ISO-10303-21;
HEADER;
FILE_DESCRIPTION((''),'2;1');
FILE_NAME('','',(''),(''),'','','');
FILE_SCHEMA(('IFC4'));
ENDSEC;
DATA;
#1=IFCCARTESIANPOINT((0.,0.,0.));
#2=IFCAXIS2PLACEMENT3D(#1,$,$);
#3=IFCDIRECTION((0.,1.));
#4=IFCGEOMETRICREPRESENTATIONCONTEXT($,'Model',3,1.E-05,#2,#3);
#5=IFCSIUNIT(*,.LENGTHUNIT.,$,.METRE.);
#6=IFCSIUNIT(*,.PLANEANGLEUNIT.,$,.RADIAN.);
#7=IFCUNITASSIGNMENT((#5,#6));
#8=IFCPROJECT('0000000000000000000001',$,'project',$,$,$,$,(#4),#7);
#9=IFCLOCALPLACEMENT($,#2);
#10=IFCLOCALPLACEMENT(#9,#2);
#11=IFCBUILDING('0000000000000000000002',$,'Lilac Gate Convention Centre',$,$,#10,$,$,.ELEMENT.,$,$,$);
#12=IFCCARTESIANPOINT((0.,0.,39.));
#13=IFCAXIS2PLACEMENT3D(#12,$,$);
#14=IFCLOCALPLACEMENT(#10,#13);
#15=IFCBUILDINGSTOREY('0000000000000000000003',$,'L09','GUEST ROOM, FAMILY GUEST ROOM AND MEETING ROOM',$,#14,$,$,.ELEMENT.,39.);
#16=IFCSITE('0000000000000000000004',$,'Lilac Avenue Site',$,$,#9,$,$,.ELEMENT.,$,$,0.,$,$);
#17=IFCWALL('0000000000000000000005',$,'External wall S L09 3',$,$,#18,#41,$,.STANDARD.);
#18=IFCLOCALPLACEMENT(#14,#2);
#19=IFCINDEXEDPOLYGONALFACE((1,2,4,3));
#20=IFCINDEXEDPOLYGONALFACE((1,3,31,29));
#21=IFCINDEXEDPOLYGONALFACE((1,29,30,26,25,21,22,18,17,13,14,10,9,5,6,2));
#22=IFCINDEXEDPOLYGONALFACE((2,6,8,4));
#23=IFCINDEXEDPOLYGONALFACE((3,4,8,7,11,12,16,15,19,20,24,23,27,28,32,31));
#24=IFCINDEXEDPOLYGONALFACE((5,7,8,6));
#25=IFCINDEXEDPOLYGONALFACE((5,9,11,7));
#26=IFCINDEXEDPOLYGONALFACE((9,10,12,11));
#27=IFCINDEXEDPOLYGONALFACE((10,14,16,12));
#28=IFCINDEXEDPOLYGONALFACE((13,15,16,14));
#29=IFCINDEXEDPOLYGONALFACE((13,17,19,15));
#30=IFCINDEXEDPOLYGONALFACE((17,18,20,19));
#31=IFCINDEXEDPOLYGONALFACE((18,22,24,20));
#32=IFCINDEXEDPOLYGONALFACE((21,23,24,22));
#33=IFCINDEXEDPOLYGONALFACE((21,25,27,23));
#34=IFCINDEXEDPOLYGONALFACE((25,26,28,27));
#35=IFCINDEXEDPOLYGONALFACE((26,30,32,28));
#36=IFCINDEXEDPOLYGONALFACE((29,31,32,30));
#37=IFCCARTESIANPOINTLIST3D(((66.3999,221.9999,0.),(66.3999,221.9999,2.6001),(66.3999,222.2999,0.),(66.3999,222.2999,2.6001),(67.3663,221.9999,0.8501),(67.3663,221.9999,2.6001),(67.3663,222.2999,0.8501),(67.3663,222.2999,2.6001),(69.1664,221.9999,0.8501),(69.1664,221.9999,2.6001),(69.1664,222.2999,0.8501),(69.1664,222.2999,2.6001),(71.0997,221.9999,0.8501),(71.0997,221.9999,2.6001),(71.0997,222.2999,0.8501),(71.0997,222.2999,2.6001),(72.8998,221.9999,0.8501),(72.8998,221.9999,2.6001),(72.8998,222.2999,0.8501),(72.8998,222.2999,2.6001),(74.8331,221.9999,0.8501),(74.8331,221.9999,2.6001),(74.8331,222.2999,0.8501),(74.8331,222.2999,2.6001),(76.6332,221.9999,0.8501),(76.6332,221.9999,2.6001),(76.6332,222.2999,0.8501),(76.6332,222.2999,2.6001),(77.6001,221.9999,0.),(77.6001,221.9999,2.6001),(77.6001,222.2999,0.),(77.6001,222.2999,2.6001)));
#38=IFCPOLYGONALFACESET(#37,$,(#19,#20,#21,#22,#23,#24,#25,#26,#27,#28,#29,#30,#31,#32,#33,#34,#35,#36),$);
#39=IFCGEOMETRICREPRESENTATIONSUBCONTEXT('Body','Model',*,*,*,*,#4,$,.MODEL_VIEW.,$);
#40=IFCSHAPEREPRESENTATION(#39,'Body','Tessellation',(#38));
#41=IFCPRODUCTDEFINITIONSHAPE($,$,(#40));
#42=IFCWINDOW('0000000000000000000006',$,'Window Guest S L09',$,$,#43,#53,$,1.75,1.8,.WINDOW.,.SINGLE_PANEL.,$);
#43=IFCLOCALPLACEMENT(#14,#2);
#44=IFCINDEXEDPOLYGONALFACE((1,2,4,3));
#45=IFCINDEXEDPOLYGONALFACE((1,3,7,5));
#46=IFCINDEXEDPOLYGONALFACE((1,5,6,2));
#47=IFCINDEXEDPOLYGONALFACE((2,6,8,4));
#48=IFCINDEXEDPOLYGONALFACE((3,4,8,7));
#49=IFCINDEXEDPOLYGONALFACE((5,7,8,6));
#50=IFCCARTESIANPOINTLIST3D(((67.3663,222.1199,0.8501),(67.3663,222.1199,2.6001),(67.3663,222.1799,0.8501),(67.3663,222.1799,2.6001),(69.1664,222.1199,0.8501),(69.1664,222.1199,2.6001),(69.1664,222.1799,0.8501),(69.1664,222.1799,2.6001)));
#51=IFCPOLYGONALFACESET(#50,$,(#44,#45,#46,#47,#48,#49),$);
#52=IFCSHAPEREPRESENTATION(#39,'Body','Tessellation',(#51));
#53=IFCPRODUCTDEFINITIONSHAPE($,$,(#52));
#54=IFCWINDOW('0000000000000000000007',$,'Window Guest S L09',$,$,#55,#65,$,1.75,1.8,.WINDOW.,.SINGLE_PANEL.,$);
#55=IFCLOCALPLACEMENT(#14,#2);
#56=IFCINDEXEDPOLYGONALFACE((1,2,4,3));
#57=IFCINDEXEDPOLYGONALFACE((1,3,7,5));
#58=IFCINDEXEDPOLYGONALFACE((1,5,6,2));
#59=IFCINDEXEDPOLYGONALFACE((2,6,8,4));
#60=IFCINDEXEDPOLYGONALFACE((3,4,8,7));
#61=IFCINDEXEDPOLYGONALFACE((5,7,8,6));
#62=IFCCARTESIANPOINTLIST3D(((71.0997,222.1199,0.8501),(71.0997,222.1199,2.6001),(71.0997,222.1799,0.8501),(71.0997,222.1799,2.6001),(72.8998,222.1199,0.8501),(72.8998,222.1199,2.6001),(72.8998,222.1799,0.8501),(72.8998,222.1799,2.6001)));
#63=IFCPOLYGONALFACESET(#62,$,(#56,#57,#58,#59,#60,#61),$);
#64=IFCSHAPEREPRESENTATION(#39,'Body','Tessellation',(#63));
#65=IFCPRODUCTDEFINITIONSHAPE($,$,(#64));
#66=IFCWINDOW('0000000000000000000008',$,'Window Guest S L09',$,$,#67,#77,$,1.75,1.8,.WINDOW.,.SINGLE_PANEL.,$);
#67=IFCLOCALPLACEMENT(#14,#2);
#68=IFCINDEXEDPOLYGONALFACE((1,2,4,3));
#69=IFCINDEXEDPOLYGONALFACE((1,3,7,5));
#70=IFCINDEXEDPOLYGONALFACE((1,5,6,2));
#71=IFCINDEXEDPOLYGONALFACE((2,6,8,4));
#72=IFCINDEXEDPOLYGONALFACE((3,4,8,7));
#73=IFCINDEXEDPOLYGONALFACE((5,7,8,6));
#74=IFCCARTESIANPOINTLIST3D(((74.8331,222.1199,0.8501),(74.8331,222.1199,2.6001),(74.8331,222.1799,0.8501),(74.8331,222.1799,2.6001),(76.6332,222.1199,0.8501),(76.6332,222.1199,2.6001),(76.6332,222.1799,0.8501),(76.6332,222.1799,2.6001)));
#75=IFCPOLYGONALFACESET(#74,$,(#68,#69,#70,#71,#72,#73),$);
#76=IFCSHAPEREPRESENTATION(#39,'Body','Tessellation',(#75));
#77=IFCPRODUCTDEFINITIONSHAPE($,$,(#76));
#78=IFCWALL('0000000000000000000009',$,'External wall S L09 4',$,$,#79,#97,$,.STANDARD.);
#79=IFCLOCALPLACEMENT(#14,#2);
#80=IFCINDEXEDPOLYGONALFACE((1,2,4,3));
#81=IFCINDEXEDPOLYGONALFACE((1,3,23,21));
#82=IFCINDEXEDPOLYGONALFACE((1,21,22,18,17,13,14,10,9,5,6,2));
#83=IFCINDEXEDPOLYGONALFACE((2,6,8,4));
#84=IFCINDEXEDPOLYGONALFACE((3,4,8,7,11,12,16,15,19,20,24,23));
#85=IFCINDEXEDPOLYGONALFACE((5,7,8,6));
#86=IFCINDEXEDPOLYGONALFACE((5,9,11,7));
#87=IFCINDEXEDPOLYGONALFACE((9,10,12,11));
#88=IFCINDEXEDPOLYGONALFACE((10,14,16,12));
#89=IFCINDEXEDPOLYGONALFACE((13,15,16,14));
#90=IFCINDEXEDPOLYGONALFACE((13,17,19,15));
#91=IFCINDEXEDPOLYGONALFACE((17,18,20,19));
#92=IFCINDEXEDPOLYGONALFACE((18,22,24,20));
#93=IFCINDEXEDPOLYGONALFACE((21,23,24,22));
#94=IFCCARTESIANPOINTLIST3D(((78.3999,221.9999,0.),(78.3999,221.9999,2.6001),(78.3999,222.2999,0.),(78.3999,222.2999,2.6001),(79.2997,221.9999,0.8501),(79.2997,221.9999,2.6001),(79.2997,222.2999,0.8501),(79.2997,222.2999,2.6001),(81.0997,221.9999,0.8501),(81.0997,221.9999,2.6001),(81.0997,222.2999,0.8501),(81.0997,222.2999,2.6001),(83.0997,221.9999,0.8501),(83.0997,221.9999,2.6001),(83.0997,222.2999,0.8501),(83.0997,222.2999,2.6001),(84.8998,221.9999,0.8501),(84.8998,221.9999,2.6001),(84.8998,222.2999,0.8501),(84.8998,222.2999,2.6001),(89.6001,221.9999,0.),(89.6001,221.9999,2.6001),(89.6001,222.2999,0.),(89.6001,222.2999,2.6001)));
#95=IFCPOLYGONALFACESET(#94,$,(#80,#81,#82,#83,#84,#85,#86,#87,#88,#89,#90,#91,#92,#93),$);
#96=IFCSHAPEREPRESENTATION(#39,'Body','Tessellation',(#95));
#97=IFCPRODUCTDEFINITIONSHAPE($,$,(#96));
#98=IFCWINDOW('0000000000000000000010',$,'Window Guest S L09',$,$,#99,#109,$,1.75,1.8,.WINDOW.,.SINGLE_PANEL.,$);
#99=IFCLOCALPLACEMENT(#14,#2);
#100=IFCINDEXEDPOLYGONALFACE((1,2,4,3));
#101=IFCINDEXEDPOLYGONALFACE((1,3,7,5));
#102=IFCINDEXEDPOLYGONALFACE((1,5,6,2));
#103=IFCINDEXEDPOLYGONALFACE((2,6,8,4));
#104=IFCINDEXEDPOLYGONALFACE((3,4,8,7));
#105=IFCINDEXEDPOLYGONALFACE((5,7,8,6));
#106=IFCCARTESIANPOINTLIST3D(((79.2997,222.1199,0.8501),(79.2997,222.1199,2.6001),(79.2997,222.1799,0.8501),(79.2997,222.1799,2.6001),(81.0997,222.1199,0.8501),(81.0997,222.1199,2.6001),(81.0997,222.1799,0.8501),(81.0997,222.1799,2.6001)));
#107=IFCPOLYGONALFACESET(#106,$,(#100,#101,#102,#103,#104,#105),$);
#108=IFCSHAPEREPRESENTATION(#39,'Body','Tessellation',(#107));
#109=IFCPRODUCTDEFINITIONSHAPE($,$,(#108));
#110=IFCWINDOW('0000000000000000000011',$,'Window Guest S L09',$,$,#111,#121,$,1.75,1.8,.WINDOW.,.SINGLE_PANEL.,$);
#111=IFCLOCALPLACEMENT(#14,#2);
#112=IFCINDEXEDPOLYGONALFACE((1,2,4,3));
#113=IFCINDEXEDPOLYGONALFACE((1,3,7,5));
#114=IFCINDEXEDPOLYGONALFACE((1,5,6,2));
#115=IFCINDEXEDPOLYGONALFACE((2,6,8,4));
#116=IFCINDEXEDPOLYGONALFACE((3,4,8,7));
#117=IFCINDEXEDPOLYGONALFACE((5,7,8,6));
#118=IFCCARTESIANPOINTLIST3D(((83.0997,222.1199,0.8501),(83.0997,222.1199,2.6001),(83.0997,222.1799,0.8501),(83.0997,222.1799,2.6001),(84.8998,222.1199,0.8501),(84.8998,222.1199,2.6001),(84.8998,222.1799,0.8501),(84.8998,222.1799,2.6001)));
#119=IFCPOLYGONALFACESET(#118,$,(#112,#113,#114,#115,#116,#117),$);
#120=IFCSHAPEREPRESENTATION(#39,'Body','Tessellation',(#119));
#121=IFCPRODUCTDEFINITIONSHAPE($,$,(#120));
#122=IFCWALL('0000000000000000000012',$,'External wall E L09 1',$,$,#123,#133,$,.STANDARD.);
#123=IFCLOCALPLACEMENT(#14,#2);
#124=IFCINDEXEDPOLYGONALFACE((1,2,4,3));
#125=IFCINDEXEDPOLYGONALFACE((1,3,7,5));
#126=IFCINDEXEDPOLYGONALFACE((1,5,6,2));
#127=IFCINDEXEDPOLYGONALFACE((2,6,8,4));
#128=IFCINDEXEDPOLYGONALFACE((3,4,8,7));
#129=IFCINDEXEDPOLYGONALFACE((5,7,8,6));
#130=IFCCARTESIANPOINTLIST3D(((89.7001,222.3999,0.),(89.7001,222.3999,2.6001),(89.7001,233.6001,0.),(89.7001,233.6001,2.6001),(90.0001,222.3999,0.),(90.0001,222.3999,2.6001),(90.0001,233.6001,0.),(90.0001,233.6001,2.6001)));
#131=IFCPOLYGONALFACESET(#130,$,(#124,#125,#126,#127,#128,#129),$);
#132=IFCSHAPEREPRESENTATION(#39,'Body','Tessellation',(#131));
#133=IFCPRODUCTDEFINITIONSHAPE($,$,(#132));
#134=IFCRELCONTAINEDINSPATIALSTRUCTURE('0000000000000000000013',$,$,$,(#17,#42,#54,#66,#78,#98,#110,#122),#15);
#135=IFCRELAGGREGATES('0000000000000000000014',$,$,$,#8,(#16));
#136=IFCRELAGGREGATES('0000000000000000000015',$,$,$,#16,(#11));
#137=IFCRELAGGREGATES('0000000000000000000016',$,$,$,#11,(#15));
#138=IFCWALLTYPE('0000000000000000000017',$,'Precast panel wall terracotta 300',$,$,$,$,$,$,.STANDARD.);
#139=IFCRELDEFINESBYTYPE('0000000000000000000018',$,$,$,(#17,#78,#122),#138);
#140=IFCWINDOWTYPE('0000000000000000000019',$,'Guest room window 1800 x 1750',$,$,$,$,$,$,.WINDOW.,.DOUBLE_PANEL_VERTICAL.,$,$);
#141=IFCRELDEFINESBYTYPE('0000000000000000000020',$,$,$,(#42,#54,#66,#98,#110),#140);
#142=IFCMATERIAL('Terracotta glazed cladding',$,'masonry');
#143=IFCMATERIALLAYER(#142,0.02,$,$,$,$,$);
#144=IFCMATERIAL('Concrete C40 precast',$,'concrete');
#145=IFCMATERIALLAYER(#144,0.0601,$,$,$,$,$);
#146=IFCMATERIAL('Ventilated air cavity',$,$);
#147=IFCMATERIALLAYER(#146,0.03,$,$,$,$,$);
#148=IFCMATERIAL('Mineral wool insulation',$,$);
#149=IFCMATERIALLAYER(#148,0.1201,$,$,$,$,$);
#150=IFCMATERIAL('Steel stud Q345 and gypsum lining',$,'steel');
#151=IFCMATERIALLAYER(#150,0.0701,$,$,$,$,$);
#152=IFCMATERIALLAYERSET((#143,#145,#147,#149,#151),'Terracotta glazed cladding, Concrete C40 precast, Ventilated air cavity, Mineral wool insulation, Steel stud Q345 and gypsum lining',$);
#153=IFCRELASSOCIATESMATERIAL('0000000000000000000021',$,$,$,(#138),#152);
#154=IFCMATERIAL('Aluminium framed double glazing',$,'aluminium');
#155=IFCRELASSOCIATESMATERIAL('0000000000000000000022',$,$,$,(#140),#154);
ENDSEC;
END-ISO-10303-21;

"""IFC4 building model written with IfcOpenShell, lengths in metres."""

from ifc_helpers import new_model, si_unit, direction, frame, frame_2d, origin, place, context, subcontext, project, spatial, rectangle, extrude, material, layer, layer_set, type_object, element, fill, save


model = new_model("IFC4")

# Units and contexts
model_context = context("Model", 3, precision=1e-05, world=origin(), true_north=direction((0.0, 1.0)))
body_context = subcontext(model_context, "Body", "Model", "MODEL_VIEW")
ifc_project = project(units=[si_unit("LENGTHUNIT", "METRE"), si_unit("PLANEANGLEUNIT", "RADIAN")], contexts=[model_context])

# Site, building, storey
site_placement = place(None, origin())
site = spatial("IfcSite", under=ifc_project, at=site_placement, Name="Lilac Avenue Site", CompositionType="ELEMENT", RefElevation=0.0)
building_placement = place(site_placement, origin())
building = spatial("IfcBuilding", under=site, at=building_placement, Name="Lilac Gate Convention Centre", CompositionType="ELEMENT")
storey_placement = place(building_placement, frame((0.0, 0.0, 39.0)))
storey = spatial("IfcBuildingStorey", under=building, at=storey_placement, Name="L09", Description="GUEST ROOM, FAMILY GUEST ROOM AND MEETING ROOM", CompositionType="ELEMENT", Elevation=39.0)

# Shared definitions
ifc_material_1 = material(Name="Concrete C40 precast", Category="concrete")
ifc_material_2 = material(Name="Terracotta glazed cladding", Category="masonry")

# Walls, openings, windows
ifc_layer_1 = layer(ifc_material_2, 0.02)
ifc_layer_2 = layer(ifc_material_1, 0.0601)
ifc_material_3 = material(Name="Ventilated air cavity")
ifc_layer_3 = layer(ifc_material_3, 0.03)
ifc_material_4 = material(Name="Mineral wool insulation")
ifc_layer_4 = layer(ifc_material_4, 0.1201)
ifc_material_5 = material(Name="Steel stud Q345 and gypsum lining", Category="steel")
ifc_layer_5 = layer(ifc_material_5, 0.0701)
ifc_layer_set_1 = layer_set([ifc_layer_1, ifc_layer_2, ifc_layer_3, ifc_layer_4, ifc_layer_5], Name="Terracotta glazed cladding, Concrete C40 precast, Ventilated air cavity, Mineral wool insulation, Steel stud Q345 and gypsum lining")
wall_type_1 = type_object("IfcWallType", Name="Precast panel wall terracotta 300", PredefinedType="STANDARD", material=ifc_layer_set_1)
ifc_material_6 = material(Name="Aluminium framed double glazing", Category="aluminium")
window_type = type_object("IfcWindowType", Name="Guest room window 1800 x 1750", PartitioningType="DOUBLE_PANEL_VERTICAL", PredefinedType="WINDOW", material=ifc_material_6)
wall_1_placement = place(storey_placement, frame((66.3999, 222.1499, 0.0), z_axis=(0.0, 0.0, 1.0), x_axis=(1.0, 0.0, 0.0)))
wall_1 = element("IfcWall", 1, at=wall_1_placement, inside=storey, type_object=wall_type_1, Name="External wall S L09 3", PredefinedType="STANDARD", context=body_context, shape_type="SweptSolid", body=[
    extrude(rectangle(XDim=11.2002, YDim=0.3, at=frame_2d((5.6001, 0.0))), origin(), (0.0, 0.0, 1.0), 2.6001),
])
opening_1_placement = place(wall_1_placement, frame((0.9666, 0.0, 0.8501)))
opening_1 = element("IfcOpeningElement", 2, at=opening_1_placement, cuts=wall_1, PredefinedType="OPENING", context=body_context, shape_type="SweptSolid", body=[
    extrude(rectangle(XDim=1.8, YDim=1.75, at=frame_2d((0.8999, 0.875))), frame((0.0, 0.1599, 0.0), z_axis=(0.0, -1.0, 0.0), x_axis=(1.0, 0.0, 0.0)), (0.0, 0.0, 1.0), 0.3201),
])
opening_2_placement = place(wall_1_placement, frame((4.7, 0.0, 0.8501)))
opening_2 = element("IfcOpeningElement", 3, at=opening_2_placement, cuts=wall_1, PredefinedType="OPENING", context=body_context, shape_type="SweptSolid", body=[
    extrude(rectangle(XDim=1.8, YDim=1.75, at=frame_2d((0.8999, 0.875))), frame((0.0, 0.1599, 0.0), z_axis=(0.0, -1.0, 0.0), x_axis=(1.0, 0.0, 0.0)), (0.0, 0.0, 1.0), 0.3201),
])
opening_3_placement = place(wall_1_placement, frame((8.4333, 0.0, 0.8501)))
opening_3 = element("IfcOpeningElement", 4, at=opening_3_placement, cuts=wall_1, PredefinedType="OPENING", context=body_context, shape_type="SweptSolid", body=[
    extrude(rectangle(XDim=1.8, YDim=1.75, at=frame_2d((0.8999, 0.875))), frame((0.0, 0.1599, 0.0), z_axis=(0.0, -1.0, 0.0), x_axis=(1.0, 0.0, 0.0)), (0.0, 0.0, 1.0), 0.3201),
])
window_1_placement = place(opening_1_placement, origin())
window_1 = element("IfcWindow", 5, at=window_1_placement, inside=storey, type_object=window_type, Name="Window Guest S L09", OverallHeight=1.75, OverallWidth=1.8, PartitioningType="SINGLE_PANEL", PredefinedType="WINDOW", context=body_context, shape_type="SweptSolid", body=[
    extrude(rectangle(XDim=1.8, YDim=1.75, at=frame_2d((0.8999, 0.875))), frame((0.0, 0.03, 0.0), z_axis=(0.0, -1.0, 0.0), x_axis=(1.0, 0.0, 0.0)), (0.0, 0.0, 1.0), 0.0601),
])
fill(opening_1, window_1)
window_2_placement = place(opening_2_placement, origin())
window_2 = element("IfcWindow", 6, at=window_2_placement, inside=storey, type_object=window_type, Name="Window Guest S L09", OverallHeight=1.75, OverallWidth=1.8, PartitioningType="SINGLE_PANEL", PredefinedType="WINDOW", context=body_context, shape_type="SweptSolid", body=[
    extrude(rectangle(XDim=1.8, YDim=1.75, at=frame_2d((0.8999, 0.875))), frame((0.0, 0.03, 0.0), z_axis=(0.0, -1.0, 0.0), x_axis=(1.0, 0.0, 0.0)), (0.0, 0.0, 1.0), 0.0601),
])
fill(opening_2, window_2)
window_3_placement = place(opening_3_placement, origin())
window_3 = element("IfcWindow", 7, at=window_3_placement, inside=storey, type_object=window_type, Name="Window Guest S L09", OverallHeight=1.75, OverallWidth=1.8, PartitioningType="SINGLE_PANEL", PredefinedType="WINDOW", context=body_context, shape_type="SweptSolid", body=[
    extrude(rectangle(XDim=1.8, YDim=1.75, at=frame_2d((0.8999, 0.875))), frame((0.0, 0.03, 0.0), z_axis=(0.0, -1.0, 0.0), x_axis=(1.0, 0.0, 0.0)), (0.0, 0.0, 1.0), 0.0601),
])
fill(opening_3, window_3)
wall_2_placement = place(storey_placement, frame((78.3999, 222.1499, 0.0), z_axis=(0.0, 0.0, 1.0), x_axis=(1.0, 0.0, 0.0)))
wall_2 = element("IfcWall", 8, at=wall_2_placement, inside=storey, type_object=wall_type_1, Name="External wall S L09 4", PredefinedType="STANDARD", context=body_context, shape_type="SweptSolid", body=[
    extrude(rectangle(XDim=11.2002, YDim=0.3, at=frame_2d((5.6001, 0.0))), origin(), (0.0, 0.0, 1.0), 2.6001),
])
opening_4_placement = place(wall_2_placement, frame((0.8999, 0.0, 0.8501)))
opening_4 = element("IfcOpeningElement", 9, at=opening_4_placement, cuts=wall_2, PredefinedType="OPENING", context=body_context, shape_type="SweptSolid", body=[
    extrude(rectangle(XDim=1.8, YDim=1.75, at=frame_2d((0.8999, 0.875))), frame((0.0, 0.1599, 0.0), z_axis=(0.0, -1.0, 0.0), x_axis=(1.0, 0.0, 0.0)), (0.0, 0.0, 1.0), 0.3201),
])
opening_5_placement = place(wall_2_placement, frame((4.7, 0.0, 0.8501)))
opening_5 = element("IfcOpeningElement", 10, at=opening_5_placement, cuts=wall_2, PredefinedType="OPENING", context=body_context, shape_type="SweptSolid", body=[
    extrude(rectangle(XDim=1.8, YDim=1.75, at=frame_2d((0.8999, 0.875))), frame((0.0, 0.1599, 0.0), z_axis=(0.0, -1.0, 0.0), x_axis=(1.0, 0.0, 0.0)), (0.0, 0.0, 1.0), 0.3201),
])
window_4_placement = place(opening_4_placement, origin())
window_4 = element("IfcWindow", 11, at=window_4_placement, inside=storey, type_object=window_type, Name="Window Guest S L09", OverallHeight=1.75, OverallWidth=1.8, PartitioningType="SINGLE_PANEL", PredefinedType="WINDOW", context=body_context, shape_type="SweptSolid", body=[
    extrude(rectangle(XDim=1.8, YDim=1.75, at=frame_2d((0.8999, 0.875))), frame((0.0, 0.03, 0.0), z_axis=(0.0, -1.0, 0.0), x_axis=(1.0, 0.0, 0.0)), (0.0, 0.0, 1.0), 0.0601),
])
fill(opening_4, window_4)
window_5_placement = place(opening_5_placement, origin())
window_5 = element("IfcWindow", 12, at=window_5_placement, inside=storey, type_object=window_type, Name="Window Guest S L09", OverallHeight=1.75, OverallWidth=1.8, PartitioningType="SINGLE_PANEL", PredefinedType="WINDOW", context=body_context, shape_type="SweptSolid", body=[
    extrude(rectangle(XDim=1.8, YDim=1.75, at=frame_2d((0.8999, 0.875))), frame((0.0, 0.03, 0.0), z_axis=(0.0, -1.0, 0.0), x_axis=(1.0, 0.0, 0.0)), (0.0, 0.0, 1.0), 0.0601),
])
fill(opening_5, window_5)

# Wall
wall_3_placement = place(storey_placement, frame((89.8501, 222.3999, 0.0), z_axis=(0.0, 0.0, 1.0), x_axis=(0.0, 1.0, 0.0)))
element("IfcWall", 13, at=wall_3_placement, inside=storey, type_object=wall_type_1, Name="External wall E L09 1", PredefinedType="STANDARD", context=body_context, shape_type="SweptSolid", body=[
    extrude(rectangle(XDim=11.2002, YDim=0.3, at=frame_2d((5.6001, 0.0))), origin(), (0.0, 0.0, 1.0), 2.6001),
])

save(model, "model.ifc")
